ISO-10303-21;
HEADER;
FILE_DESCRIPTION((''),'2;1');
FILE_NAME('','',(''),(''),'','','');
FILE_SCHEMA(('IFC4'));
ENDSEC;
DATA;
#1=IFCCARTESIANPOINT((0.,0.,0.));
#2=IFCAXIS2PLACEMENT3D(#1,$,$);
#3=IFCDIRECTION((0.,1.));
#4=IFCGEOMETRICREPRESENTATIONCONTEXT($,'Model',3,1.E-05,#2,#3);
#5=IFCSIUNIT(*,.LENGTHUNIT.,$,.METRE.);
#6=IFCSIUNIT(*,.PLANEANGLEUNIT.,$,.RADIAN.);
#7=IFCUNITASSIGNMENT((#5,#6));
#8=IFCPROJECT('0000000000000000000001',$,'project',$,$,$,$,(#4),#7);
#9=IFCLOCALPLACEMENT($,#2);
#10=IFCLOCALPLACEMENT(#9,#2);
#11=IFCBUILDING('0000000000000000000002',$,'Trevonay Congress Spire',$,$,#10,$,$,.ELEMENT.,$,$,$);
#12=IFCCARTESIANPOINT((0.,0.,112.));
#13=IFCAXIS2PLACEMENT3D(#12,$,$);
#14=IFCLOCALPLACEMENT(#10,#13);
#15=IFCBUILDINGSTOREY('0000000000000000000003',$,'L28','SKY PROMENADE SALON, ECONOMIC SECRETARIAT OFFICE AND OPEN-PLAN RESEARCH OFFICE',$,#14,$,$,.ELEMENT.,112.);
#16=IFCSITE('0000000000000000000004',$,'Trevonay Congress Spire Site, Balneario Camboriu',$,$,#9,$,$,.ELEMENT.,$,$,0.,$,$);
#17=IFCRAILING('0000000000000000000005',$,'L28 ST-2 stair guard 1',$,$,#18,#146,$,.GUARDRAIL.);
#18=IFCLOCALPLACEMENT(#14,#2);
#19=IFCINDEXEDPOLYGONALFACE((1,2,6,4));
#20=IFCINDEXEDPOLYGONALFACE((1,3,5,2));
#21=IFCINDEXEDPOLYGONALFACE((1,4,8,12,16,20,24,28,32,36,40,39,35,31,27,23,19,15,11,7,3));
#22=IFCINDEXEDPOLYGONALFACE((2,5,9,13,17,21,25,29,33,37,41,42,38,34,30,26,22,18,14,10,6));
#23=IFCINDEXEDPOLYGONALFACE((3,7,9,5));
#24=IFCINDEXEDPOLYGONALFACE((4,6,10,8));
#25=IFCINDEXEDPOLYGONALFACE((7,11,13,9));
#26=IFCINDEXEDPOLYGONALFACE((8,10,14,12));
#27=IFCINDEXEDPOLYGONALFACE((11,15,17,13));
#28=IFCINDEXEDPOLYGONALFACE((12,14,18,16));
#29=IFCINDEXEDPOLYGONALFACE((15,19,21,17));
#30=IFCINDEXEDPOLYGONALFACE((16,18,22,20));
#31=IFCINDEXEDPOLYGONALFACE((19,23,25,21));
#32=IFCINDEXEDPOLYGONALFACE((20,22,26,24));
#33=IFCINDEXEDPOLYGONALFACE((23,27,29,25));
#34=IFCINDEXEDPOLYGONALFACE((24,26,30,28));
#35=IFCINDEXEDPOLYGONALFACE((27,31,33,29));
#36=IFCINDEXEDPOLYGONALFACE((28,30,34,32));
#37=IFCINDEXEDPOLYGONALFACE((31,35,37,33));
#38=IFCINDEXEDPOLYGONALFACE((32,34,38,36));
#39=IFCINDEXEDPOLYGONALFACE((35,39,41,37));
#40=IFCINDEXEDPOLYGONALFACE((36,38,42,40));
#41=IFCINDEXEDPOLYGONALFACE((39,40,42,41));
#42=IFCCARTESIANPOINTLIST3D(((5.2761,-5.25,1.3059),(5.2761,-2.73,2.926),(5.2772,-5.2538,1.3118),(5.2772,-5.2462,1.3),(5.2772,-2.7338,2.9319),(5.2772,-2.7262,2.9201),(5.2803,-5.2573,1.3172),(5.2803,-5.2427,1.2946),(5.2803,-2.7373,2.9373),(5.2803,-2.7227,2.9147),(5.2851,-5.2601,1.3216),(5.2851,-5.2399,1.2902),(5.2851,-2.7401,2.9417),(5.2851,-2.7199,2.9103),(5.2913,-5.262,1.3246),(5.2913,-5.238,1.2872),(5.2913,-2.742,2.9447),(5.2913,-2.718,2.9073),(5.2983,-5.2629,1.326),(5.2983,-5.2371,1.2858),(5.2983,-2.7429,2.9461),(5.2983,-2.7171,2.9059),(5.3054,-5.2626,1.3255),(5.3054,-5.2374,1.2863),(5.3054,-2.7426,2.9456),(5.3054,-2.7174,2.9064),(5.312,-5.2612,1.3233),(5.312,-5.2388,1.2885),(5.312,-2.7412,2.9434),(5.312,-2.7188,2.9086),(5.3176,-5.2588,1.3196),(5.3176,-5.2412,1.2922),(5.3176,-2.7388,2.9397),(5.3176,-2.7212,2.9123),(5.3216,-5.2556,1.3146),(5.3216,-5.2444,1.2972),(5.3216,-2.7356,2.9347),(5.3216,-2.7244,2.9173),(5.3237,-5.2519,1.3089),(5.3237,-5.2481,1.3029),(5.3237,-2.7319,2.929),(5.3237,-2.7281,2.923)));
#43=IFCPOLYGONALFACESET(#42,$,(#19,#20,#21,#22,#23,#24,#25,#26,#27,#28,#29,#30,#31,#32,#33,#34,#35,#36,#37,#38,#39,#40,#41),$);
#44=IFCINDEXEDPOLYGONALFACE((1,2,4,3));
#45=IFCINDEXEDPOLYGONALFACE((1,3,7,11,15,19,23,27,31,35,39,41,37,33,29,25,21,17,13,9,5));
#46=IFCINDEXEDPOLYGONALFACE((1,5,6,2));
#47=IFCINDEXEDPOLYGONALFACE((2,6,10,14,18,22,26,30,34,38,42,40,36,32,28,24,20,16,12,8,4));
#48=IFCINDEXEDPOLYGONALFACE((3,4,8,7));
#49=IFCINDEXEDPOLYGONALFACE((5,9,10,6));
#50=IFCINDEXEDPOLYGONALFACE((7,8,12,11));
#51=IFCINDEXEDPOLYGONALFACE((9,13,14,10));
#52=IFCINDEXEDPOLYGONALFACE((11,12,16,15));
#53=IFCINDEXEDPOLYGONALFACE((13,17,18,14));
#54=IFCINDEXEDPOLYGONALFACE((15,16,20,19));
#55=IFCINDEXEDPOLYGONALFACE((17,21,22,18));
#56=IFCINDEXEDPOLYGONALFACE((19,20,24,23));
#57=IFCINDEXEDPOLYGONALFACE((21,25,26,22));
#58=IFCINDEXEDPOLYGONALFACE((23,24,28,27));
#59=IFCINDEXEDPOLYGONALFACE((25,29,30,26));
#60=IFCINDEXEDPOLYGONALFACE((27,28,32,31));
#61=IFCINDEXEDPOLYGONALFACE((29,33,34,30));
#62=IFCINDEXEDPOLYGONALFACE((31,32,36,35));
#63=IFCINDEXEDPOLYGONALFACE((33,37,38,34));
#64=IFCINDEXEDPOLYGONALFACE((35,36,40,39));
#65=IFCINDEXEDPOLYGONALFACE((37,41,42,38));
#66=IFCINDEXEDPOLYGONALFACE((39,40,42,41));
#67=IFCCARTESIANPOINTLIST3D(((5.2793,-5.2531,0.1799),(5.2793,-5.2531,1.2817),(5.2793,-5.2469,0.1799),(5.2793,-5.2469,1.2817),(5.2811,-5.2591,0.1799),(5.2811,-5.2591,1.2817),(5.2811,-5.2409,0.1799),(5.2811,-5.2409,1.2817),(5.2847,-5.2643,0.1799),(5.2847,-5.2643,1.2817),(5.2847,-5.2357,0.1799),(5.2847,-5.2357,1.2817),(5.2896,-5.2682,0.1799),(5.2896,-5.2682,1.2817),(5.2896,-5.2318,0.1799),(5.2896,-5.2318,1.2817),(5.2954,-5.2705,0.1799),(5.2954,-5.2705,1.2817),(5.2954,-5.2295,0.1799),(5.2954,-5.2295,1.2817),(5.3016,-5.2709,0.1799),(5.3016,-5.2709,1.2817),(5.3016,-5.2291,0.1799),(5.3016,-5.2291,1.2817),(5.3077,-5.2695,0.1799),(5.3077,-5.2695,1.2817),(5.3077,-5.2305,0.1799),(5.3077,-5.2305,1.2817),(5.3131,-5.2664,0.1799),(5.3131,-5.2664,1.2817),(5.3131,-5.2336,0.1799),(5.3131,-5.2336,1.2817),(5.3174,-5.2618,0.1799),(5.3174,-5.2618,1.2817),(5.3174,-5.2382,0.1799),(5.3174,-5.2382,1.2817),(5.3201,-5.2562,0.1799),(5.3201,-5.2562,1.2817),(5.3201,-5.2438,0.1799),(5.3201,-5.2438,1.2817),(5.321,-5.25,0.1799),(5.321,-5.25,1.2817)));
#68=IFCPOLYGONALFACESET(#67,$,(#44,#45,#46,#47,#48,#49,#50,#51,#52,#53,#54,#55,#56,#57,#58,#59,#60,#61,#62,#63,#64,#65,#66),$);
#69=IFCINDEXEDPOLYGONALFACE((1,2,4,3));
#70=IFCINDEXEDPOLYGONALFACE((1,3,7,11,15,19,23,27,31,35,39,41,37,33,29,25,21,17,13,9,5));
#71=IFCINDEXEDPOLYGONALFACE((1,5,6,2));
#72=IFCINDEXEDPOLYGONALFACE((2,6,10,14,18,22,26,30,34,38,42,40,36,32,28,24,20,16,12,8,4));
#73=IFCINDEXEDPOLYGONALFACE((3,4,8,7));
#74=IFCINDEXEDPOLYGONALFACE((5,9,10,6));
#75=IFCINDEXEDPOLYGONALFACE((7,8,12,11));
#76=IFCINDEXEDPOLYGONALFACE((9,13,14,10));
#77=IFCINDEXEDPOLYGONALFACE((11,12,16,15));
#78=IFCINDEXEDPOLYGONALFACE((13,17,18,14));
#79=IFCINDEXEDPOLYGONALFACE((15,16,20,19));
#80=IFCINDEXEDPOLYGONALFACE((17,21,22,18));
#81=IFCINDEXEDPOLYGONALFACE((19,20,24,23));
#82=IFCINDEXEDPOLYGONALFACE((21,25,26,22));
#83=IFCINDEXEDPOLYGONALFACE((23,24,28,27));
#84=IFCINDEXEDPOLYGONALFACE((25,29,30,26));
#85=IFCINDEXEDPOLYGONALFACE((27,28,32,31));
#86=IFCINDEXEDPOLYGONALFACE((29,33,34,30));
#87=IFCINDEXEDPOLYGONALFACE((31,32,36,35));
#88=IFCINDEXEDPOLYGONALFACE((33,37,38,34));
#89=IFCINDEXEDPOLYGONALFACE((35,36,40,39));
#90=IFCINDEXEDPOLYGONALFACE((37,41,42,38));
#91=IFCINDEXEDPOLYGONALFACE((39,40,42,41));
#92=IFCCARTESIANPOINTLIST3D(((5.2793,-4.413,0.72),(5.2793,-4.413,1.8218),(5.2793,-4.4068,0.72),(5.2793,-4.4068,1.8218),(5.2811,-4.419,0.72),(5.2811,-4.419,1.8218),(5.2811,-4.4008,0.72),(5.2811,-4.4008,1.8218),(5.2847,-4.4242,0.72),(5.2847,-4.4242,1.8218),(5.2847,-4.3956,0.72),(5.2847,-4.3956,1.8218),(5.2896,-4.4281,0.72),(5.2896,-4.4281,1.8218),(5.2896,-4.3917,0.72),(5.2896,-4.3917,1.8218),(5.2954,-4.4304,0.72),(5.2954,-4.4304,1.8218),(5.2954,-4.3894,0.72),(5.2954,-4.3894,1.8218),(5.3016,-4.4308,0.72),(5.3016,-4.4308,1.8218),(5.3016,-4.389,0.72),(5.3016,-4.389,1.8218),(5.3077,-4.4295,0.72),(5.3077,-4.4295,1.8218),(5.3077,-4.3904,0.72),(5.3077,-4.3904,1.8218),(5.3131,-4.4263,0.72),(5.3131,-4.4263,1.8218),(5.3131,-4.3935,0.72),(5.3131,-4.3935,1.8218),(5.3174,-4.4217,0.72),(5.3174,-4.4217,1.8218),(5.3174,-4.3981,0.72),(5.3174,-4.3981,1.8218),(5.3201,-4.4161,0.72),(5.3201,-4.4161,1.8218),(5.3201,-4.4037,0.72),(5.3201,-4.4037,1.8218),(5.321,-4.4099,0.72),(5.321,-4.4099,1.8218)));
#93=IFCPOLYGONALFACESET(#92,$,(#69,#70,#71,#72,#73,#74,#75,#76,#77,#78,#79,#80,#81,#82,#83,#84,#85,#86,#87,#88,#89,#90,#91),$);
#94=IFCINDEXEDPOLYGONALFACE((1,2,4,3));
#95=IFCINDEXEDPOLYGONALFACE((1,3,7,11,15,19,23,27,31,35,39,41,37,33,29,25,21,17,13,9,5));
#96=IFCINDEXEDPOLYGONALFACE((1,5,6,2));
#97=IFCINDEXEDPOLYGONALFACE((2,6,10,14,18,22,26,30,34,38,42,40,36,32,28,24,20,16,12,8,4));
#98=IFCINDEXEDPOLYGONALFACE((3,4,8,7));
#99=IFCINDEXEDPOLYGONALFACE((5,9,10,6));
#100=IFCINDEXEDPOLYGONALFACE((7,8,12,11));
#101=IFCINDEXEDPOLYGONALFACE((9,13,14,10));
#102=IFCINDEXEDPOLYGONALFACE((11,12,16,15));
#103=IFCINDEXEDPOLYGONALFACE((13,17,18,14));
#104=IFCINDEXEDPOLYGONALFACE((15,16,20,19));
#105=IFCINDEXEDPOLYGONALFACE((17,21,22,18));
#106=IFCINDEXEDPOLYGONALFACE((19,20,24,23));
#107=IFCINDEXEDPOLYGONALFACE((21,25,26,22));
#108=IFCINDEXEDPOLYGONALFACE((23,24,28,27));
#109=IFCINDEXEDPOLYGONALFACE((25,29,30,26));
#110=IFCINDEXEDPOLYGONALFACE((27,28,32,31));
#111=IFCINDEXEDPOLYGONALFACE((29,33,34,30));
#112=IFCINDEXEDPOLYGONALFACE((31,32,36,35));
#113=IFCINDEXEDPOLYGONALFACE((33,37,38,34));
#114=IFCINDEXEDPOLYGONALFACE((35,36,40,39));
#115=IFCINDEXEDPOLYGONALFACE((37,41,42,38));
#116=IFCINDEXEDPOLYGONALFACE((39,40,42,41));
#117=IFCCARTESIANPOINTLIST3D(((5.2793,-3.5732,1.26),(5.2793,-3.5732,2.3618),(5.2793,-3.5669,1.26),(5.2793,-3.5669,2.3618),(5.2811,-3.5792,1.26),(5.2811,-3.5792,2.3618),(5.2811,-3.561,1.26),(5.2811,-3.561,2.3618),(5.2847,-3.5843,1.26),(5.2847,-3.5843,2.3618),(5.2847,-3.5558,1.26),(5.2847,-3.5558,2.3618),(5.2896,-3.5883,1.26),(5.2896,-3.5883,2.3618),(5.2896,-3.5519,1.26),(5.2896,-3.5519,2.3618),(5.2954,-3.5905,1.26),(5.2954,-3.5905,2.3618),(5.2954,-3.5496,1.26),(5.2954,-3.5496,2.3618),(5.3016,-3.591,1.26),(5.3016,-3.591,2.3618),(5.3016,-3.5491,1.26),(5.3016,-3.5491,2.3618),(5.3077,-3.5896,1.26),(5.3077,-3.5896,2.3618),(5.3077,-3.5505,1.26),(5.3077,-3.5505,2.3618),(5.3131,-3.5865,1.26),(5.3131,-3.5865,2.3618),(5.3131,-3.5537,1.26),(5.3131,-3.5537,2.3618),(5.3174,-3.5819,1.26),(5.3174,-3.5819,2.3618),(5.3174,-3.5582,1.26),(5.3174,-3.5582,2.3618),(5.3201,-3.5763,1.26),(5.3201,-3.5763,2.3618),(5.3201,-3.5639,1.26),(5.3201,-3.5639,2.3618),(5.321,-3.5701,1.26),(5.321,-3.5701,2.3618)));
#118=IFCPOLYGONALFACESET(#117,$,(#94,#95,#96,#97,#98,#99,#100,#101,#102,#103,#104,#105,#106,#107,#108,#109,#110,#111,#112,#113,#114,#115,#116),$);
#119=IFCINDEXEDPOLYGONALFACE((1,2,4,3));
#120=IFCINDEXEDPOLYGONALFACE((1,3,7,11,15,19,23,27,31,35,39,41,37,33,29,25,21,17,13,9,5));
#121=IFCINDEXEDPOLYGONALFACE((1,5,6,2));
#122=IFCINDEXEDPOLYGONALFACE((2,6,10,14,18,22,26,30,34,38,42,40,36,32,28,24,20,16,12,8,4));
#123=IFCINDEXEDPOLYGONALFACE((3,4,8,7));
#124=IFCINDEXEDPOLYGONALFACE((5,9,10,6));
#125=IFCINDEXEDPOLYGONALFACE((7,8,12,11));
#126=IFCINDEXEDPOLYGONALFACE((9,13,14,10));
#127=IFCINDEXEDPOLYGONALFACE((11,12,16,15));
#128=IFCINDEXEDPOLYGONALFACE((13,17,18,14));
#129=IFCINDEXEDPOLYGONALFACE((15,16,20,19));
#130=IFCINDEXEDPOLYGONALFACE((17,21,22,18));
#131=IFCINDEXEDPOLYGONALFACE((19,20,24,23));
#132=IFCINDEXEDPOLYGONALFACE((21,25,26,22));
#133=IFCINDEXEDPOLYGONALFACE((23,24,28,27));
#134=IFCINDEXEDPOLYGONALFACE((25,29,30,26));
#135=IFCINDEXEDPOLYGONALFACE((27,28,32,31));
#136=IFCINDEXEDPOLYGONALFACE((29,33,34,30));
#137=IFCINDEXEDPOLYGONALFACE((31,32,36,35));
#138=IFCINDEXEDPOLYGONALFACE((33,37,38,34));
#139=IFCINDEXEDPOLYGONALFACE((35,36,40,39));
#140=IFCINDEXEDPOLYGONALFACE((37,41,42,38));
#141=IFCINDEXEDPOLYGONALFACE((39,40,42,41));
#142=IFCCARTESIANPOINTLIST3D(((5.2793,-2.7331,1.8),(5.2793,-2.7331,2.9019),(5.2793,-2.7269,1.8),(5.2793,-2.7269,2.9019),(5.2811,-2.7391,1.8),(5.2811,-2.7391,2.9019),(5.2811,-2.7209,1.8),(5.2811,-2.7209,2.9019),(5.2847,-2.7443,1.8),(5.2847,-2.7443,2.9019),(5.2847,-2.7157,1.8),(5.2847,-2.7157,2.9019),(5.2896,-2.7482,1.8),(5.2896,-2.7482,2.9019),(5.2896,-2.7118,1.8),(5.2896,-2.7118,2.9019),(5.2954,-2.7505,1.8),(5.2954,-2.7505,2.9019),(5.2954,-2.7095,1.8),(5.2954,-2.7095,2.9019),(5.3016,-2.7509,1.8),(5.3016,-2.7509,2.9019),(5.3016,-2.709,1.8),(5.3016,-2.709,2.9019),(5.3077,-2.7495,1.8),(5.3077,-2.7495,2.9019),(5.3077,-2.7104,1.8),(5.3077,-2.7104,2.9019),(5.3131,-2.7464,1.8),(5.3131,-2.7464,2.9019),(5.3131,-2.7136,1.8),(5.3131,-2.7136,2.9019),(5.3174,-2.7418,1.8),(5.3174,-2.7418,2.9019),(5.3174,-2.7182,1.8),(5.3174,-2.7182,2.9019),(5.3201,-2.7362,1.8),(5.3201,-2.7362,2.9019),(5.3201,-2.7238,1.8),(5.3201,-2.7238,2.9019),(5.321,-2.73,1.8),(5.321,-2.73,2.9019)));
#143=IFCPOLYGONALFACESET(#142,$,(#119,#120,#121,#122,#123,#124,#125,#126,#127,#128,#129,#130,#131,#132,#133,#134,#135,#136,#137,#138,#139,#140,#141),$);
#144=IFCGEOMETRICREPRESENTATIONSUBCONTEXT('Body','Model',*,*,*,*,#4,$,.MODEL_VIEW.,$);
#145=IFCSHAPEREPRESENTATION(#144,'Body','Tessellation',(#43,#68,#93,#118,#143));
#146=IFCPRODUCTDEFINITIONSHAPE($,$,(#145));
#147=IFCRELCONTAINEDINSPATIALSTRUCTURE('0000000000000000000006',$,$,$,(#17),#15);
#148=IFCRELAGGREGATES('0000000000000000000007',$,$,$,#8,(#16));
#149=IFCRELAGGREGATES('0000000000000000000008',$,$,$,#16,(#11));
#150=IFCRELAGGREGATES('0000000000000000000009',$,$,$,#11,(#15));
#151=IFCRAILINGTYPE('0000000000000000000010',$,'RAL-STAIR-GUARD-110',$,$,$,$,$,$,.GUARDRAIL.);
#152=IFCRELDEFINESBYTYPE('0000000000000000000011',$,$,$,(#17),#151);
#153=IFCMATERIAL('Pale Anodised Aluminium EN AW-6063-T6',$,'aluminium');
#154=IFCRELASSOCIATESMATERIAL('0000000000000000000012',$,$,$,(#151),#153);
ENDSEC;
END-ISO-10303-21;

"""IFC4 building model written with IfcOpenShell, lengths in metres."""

from ifc_helpers import new_model, si_unit, direction, frame, origin, origin_2d, place, context, subcontext, project, spatial, circle, extrude, material, type_object, element, save


model = new_model("IFC4")

# Units and contexts
model_context = context("Model", 3, precision=1e-05, world=origin(), true_north=direction((0.0, 1.0)))
body_context = subcontext(model_context, "Body", "Model", "MODEL_VIEW")
ifc_project = project(units=[si_unit("LENGTHUNIT", "METRE"), si_unit("PLANEANGLEUNIT", "RADIAN")], contexts=[model_context])

# Site, building, storey
site_placement = place(None, origin())
site = spatial("IfcSite", under=ifc_project, at=site_placement, Name="Trevonay Congress Spire Site, Balneario Camboriu", CompositionType="ELEMENT", RefElevation=0.0)
building_placement = place(site_placement, origin())
building = spatial("IfcBuilding", under=site, at=building_placement, Name="Trevonay Congress Spire", CompositionType="ELEMENT")
storey_placement = place(building_placement, frame((0.0, 0.0, 112.0)))
storey = spatial("IfcBuildingStorey", under=building, at=storey_placement, Name="L28", Description="SKY PROMENADE SALON, ECONOMIC SECRETARIAT OFFICE AND OPEN-PLAN RESEARCH OFFICE", CompositionType="ELEMENT", Elevation=112.0)

# Shared definitions
ifc_material_1 = material(Name="Pale Anodised Aluminium EN AW-6063-T6", Category="aluminium")

# Railing
railing_type_1 = type_object("IfcRailingType", Name="RAL-STAIR-GUARD-110", PredefinedType="GUARDRAIL", material=ifc_material_1)
railing_1_placement = place(storey_placement, frame((5.3, -5.25, 0.1799)))
element("IfcRailing", 1, at=railing_1_placement, inside=storey, type_object=railing_type_1, Name="L28 ST-2 stair guard 1", PredefinedType="GUARDRAIL", context=body_context, shape_type="SweptSolid", body=[
    extrude(circle(Radius=0.0239, at=origin_2d()), frame((0.0, 0.0, 1.126), z_axis=(0.0, 0.841163, 0.540782), x_axis=(-1.0, 0.0, 0.0)), (0.0, 0.0, 1.0), 2.9958),
    extrude(circle(Radius=0.021, at=origin_2d()), origin(), (0.0, 0.0, 1.0), 1.1018),
    extrude(circle(Radius=0.021, at=origin_2d()), frame((0.0, 0.8401, 0.54)), (0.0, 0.0, 1.0), 1.1018),
    extrude(circle(Radius=0.021, at=origin_2d()), frame((0.0, 1.6799, 1.0801)), (0.0, 0.0, 1.0), 1.1018),
    extrude(circle(Radius=0.021, at=origin_2d()), frame((0.0, 2.52, 1.6201)), (0.0, 0.0, 1.0), 1.1018),
])

save(model, "model.ifc")
